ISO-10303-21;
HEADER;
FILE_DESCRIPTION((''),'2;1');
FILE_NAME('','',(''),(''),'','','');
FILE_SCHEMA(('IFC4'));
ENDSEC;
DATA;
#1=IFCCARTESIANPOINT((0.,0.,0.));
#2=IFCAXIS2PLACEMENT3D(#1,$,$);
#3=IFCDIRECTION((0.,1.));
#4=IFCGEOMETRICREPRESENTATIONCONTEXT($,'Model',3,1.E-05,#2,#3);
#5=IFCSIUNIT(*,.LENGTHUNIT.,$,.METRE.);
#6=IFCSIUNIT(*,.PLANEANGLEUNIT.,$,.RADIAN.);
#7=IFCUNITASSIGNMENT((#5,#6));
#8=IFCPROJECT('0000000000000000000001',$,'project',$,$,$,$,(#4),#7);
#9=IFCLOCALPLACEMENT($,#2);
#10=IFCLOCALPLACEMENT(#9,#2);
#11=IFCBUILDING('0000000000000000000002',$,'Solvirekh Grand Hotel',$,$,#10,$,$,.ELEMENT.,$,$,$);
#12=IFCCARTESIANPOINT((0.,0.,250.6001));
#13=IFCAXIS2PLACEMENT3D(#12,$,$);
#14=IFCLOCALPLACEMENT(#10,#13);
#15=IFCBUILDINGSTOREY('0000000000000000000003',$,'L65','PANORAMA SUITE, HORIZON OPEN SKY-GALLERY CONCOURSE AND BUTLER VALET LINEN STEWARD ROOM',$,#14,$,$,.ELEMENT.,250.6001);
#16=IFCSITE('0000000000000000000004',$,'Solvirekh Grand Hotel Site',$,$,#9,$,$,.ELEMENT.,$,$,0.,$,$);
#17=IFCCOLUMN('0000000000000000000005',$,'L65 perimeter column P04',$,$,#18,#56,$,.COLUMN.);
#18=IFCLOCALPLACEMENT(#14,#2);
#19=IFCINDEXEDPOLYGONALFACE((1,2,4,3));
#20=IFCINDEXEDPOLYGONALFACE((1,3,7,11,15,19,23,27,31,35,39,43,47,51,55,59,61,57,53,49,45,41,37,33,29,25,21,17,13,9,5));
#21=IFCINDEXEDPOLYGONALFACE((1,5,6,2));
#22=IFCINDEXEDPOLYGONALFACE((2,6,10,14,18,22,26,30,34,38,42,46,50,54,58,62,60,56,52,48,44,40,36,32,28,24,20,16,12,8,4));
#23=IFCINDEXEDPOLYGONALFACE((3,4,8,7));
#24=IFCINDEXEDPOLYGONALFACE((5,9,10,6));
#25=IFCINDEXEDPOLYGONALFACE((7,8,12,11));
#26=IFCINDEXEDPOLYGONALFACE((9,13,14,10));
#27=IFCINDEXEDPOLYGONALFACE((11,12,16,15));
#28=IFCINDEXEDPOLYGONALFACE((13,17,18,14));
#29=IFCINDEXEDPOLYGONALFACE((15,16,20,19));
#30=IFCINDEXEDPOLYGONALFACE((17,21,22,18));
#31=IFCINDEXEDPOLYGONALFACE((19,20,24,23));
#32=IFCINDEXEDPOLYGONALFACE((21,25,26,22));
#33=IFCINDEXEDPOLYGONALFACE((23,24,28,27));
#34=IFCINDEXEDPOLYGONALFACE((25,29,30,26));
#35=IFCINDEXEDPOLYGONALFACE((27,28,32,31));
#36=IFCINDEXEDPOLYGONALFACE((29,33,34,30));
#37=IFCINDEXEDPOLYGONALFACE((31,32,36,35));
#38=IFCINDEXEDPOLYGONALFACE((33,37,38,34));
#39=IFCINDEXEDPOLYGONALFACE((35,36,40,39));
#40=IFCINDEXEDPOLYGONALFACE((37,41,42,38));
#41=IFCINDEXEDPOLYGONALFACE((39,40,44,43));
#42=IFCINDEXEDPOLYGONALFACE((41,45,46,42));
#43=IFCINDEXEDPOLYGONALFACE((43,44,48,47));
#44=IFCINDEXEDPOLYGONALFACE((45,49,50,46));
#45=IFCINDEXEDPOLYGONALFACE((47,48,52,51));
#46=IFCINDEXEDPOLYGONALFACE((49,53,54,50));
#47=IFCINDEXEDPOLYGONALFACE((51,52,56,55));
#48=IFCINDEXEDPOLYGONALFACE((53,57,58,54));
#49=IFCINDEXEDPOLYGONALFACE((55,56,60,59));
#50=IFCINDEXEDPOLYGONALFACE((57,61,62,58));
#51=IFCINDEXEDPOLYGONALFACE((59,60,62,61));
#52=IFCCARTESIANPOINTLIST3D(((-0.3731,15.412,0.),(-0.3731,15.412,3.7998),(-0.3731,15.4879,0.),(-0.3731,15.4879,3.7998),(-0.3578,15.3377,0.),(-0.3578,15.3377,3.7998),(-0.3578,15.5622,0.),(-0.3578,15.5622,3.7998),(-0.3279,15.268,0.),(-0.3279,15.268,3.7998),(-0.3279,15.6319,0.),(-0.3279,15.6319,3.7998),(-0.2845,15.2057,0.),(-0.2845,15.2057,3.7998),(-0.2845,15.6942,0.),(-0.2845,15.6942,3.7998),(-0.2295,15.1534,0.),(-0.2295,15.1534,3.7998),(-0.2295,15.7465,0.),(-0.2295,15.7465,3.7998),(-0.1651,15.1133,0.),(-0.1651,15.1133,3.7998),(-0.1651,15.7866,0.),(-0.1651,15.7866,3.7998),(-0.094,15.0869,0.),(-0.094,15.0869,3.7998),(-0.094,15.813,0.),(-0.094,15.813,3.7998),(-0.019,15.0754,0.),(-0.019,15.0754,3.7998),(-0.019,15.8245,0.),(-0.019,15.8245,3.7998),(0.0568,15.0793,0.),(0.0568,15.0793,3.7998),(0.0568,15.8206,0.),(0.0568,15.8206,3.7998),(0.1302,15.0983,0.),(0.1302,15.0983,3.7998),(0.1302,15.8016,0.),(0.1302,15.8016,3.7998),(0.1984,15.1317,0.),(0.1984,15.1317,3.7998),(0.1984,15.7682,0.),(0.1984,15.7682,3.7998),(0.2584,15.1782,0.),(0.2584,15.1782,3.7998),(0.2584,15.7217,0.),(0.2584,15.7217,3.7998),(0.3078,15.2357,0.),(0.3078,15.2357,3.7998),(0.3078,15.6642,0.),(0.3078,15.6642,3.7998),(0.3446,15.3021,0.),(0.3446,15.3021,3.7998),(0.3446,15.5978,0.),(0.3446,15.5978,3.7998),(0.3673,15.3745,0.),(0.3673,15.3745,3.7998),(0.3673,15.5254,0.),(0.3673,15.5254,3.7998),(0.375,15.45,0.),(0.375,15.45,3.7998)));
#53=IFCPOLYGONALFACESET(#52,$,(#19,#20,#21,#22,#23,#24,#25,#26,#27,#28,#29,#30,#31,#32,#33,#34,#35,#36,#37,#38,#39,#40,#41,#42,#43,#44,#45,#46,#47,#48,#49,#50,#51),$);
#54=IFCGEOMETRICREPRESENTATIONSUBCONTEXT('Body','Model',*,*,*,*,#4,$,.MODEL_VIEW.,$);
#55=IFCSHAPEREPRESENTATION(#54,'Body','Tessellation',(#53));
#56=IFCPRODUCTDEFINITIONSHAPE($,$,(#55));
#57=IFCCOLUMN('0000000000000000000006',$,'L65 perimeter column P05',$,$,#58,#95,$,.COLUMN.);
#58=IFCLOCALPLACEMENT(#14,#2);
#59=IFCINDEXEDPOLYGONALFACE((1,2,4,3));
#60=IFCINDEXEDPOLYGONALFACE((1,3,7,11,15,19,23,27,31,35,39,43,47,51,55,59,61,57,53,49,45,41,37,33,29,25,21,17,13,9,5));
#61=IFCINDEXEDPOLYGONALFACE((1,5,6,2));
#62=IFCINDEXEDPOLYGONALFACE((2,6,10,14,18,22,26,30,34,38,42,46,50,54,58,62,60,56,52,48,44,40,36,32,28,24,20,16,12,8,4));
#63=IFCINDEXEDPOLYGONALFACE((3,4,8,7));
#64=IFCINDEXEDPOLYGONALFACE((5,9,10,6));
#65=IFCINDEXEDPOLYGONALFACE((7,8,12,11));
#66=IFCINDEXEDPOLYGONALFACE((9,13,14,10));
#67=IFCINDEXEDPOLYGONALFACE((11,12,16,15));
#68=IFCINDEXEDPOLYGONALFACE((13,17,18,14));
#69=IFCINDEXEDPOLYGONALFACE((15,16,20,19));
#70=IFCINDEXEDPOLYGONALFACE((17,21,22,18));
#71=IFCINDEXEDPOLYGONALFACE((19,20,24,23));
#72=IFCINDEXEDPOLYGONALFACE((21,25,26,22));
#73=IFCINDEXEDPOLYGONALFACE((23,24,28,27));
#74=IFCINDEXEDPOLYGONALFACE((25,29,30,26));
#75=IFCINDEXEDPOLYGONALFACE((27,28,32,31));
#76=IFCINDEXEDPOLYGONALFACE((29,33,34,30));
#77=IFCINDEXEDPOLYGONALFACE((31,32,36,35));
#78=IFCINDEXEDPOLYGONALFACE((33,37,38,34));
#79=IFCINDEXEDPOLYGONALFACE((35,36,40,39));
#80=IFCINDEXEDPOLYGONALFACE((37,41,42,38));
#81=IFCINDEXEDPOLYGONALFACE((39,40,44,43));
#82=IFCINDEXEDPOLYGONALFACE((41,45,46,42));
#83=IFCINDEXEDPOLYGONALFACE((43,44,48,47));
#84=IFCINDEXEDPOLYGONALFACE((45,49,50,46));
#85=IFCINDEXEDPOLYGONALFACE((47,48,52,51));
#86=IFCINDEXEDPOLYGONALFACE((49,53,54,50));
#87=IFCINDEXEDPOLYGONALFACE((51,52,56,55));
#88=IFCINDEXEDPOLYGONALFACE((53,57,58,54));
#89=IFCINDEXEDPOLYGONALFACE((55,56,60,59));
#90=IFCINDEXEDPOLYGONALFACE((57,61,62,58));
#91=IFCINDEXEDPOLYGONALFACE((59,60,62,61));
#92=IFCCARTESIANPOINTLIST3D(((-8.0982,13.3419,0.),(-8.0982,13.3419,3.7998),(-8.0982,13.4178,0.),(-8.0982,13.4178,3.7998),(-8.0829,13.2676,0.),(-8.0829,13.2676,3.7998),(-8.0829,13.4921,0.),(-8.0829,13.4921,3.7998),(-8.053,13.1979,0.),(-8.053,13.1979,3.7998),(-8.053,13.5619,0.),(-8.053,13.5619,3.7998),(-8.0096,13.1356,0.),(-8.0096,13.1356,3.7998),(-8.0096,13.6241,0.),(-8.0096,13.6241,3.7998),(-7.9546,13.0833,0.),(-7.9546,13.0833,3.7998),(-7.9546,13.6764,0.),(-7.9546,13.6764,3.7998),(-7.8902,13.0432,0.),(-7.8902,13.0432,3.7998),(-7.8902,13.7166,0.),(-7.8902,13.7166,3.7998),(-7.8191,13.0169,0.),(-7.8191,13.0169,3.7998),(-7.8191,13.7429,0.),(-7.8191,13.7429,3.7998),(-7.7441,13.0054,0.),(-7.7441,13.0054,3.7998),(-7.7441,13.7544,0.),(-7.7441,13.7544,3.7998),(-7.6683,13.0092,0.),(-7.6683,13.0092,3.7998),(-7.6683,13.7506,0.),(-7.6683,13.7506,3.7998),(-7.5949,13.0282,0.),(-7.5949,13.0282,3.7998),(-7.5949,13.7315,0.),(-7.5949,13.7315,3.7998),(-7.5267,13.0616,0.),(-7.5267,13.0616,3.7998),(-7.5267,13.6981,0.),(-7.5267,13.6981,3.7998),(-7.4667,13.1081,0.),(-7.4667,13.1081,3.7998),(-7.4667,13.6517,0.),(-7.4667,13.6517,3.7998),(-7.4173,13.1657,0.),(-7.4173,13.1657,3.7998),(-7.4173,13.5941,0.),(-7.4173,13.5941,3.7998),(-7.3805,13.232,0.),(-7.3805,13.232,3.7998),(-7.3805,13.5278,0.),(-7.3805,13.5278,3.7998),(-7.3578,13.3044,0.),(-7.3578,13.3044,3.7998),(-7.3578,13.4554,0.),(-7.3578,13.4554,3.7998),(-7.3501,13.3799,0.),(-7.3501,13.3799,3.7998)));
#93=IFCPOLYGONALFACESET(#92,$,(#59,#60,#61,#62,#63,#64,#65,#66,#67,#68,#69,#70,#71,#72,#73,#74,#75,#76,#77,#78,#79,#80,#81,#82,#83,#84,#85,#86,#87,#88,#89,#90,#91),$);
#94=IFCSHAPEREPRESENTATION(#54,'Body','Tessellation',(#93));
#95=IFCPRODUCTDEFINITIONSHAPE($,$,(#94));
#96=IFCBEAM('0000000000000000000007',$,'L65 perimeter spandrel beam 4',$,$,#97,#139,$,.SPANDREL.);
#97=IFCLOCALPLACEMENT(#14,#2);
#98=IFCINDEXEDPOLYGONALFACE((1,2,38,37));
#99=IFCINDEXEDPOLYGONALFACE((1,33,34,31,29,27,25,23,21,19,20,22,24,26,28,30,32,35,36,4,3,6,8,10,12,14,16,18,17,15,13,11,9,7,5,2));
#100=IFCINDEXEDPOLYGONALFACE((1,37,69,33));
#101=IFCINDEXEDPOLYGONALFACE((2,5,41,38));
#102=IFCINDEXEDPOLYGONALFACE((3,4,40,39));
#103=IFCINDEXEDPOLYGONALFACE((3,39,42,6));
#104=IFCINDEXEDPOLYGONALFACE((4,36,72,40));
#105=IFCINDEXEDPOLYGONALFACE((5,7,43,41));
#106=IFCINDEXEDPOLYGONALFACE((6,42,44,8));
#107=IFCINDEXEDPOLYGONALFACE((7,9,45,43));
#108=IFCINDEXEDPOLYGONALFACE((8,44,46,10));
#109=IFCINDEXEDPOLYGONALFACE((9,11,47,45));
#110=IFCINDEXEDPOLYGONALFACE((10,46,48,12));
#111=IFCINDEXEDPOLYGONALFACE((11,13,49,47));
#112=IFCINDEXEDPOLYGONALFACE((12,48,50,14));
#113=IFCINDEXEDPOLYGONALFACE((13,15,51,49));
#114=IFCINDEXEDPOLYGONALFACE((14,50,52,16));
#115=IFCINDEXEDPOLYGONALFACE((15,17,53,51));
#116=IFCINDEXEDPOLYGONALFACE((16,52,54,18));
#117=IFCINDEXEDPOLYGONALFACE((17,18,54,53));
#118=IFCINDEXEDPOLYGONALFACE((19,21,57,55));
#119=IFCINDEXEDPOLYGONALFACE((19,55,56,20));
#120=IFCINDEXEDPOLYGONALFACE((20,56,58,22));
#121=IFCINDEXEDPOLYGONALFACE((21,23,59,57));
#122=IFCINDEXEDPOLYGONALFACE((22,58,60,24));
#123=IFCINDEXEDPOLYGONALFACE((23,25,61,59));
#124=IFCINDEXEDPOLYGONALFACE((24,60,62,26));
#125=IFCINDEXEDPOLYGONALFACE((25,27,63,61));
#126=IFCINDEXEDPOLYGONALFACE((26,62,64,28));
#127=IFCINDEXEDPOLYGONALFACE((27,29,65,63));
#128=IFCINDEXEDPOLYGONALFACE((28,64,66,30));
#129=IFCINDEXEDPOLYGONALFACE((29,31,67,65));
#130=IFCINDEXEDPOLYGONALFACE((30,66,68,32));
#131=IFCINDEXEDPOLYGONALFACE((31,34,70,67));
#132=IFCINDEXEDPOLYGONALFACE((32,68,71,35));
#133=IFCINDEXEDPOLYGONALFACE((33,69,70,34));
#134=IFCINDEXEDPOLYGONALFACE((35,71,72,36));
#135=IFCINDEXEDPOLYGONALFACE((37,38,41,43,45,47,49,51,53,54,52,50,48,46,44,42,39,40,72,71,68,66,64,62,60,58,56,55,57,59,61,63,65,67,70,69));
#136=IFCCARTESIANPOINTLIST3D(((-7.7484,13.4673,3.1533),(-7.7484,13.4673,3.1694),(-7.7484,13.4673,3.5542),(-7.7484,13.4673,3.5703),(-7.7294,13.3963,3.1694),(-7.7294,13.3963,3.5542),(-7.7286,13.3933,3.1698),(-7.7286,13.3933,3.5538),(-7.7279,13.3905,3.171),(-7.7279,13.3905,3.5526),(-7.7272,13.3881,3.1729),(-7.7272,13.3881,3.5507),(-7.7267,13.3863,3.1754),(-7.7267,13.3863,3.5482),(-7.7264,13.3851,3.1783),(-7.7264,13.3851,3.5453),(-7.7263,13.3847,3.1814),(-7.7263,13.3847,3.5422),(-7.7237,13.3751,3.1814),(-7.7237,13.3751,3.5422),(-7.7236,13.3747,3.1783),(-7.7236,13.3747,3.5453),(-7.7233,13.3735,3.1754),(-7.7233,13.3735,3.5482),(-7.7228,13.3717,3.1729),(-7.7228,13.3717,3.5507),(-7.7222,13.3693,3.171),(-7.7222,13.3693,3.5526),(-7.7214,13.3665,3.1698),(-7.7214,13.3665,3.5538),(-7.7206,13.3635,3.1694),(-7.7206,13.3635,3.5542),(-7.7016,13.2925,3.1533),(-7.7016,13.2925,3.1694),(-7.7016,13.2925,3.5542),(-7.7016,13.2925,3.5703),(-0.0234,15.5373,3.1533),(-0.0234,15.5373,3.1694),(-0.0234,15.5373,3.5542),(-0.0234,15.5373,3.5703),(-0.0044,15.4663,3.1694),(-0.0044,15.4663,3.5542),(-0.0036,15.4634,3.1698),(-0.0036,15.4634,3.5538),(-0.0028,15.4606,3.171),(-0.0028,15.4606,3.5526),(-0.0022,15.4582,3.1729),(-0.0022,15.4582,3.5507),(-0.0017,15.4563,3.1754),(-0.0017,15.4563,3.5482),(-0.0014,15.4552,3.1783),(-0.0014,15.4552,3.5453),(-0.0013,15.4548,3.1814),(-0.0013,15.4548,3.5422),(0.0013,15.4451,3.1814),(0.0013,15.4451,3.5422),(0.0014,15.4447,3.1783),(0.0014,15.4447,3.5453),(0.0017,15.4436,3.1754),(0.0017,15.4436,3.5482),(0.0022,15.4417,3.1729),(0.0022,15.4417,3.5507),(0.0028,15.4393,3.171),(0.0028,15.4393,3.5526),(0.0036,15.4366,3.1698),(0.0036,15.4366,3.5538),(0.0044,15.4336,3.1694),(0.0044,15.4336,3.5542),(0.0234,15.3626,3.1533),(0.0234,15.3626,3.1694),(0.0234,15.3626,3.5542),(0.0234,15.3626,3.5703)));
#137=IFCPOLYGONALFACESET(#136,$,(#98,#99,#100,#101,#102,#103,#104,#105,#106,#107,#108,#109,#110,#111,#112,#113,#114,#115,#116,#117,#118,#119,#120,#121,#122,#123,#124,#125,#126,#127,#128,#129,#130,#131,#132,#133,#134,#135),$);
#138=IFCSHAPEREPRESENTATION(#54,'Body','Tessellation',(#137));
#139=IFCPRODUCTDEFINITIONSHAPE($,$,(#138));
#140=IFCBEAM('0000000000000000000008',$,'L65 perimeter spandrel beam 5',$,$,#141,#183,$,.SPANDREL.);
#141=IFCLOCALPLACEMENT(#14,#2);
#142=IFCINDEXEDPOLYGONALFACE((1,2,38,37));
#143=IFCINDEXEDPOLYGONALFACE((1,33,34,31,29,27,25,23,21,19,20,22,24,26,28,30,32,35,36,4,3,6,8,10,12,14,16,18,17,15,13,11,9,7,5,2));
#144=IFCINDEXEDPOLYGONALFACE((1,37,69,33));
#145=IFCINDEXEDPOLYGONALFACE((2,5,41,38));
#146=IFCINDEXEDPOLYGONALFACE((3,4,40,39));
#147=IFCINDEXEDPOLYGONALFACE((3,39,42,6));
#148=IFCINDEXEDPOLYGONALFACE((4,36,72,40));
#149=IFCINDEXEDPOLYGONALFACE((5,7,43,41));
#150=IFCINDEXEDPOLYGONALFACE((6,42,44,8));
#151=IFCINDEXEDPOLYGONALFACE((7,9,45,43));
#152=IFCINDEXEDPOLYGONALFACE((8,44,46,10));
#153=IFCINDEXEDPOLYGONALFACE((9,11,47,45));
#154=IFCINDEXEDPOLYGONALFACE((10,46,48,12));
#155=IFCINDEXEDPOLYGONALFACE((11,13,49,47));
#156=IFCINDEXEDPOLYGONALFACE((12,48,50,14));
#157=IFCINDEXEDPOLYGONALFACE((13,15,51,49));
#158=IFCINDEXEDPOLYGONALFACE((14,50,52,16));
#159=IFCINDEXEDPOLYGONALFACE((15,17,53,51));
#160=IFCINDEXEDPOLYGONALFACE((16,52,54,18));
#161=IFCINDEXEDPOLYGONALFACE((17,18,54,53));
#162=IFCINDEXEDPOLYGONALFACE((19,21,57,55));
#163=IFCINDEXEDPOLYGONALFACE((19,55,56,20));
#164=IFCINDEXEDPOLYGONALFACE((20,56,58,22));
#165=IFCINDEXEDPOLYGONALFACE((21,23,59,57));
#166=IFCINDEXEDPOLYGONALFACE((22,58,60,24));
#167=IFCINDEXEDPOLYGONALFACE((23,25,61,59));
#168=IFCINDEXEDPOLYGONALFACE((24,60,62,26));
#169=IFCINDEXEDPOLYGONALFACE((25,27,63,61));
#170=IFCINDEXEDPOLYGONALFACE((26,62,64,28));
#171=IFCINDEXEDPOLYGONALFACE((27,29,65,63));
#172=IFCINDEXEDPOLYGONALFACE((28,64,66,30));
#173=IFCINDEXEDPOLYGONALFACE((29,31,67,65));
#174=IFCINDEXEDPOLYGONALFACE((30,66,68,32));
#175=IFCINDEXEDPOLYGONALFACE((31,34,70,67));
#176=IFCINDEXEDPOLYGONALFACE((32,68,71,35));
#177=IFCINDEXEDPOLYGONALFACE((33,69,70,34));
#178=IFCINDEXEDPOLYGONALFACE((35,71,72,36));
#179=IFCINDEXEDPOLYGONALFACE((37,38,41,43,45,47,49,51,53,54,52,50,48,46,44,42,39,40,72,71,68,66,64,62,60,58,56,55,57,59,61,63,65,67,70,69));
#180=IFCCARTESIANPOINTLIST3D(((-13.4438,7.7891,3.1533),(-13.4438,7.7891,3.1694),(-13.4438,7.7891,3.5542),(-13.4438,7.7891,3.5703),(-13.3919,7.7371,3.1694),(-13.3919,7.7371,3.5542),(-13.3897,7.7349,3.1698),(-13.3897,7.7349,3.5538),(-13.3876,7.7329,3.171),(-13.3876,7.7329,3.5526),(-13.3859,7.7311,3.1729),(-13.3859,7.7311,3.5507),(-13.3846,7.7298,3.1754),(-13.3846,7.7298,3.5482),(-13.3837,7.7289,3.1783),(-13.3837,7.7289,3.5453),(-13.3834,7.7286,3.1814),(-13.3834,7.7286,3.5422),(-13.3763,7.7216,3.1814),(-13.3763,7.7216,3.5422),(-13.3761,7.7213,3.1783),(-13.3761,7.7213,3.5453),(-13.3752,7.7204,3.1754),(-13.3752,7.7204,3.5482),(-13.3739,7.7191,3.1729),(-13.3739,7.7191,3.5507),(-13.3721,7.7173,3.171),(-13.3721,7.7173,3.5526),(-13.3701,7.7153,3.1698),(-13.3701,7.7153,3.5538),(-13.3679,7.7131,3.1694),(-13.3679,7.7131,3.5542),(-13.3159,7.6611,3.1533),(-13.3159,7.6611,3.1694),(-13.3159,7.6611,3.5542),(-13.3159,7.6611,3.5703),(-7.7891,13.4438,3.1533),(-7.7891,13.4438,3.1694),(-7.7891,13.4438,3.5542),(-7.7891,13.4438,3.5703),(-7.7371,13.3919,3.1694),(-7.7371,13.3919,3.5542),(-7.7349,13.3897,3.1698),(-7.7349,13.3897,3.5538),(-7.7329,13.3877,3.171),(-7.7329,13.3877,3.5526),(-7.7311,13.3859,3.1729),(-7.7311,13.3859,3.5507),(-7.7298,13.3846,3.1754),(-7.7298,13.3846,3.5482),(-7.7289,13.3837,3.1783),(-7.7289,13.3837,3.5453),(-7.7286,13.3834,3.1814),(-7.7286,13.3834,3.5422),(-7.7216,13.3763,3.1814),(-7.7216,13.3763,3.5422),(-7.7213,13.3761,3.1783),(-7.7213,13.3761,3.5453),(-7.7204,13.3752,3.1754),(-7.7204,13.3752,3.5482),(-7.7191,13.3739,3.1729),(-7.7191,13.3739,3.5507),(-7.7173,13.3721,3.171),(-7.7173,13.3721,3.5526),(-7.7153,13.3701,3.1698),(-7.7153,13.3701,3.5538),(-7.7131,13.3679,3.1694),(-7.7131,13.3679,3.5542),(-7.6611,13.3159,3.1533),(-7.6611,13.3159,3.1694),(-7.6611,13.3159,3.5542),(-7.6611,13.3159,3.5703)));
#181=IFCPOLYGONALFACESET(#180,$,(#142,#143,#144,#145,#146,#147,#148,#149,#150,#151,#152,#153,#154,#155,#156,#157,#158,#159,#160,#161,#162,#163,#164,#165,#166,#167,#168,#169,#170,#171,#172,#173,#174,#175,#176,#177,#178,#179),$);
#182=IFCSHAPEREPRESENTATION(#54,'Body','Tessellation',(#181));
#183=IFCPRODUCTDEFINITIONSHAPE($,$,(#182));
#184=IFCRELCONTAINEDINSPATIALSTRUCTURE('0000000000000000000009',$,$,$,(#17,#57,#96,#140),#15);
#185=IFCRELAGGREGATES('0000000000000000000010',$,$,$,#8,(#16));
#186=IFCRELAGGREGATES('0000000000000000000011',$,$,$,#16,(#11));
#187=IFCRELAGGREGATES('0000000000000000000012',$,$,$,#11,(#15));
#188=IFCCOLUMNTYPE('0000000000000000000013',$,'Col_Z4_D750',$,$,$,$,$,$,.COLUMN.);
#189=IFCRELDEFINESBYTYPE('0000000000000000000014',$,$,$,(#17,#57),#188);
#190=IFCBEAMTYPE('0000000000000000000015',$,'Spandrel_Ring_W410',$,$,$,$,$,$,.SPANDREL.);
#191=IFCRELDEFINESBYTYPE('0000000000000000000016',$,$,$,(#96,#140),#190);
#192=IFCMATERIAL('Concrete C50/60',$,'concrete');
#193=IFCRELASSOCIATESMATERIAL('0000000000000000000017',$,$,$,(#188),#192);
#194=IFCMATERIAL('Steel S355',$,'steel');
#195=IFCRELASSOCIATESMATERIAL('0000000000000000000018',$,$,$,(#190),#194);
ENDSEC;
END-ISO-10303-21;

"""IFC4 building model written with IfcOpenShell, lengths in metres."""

from ifc_helpers import new_model, si_unit, direction, frame, origin, origin_2d, place, context, subcontext, project, spatial, circle, i_section, extrude, material, material_profile, profile_set, type_object, element, save


model = new_model("IFC4")

# Units and contexts
model_context = context("Model", 3, precision=1e-05, world=origin(), true_north=direction((0.0, 1.0)))
body_context = subcontext(model_context, "Body", "Model", "MODEL_VIEW")
ifc_project = project(units=[si_unit("LENGTHUNIT", "METRE"), si_unit("PLANEANGLEUNIT", "RADIAN")], contexts=[model_context])

# Site, building, storey
site_placement = place(None, origin())
site = spatial("IfcSite", under=ifc_project, at=site_placement, Name="Solvirekh Grand Hotel Site", CompositionType="ELEMENT", RefElevation=0.0)
building_placement = place(site_placement, origin())
building = spatial("IfcBuilding", under=site, at=building_placement, Name="Solvirekh Grand Hotel", CompositionType="ELEMENT")
storey_placement = place(building_placement, frame((0.0, 0.0, 250.6001)))
storey = spatial("IfcBuildingStorey", under=building, at=storey_placement, Name="L65", Description="PANORAMA SUITE, HORIZON OPEN SKY-GALLERY CONCOURSE AND BUTLER VALET LINEN STEWARD ROOM", CompositionType="ELEMENT", Elevation=250.6001)

# Columns
ifc_material_1 = material(Name="Concrete C50/60", Category="concrete")
ifc_material_profile_1 = material_profile(ifc_material_1, circle(Radius=0.375, at=origin_2d()), Name="RC CIRC D750")
ifc_profile_set_1 = profile_set([ifc_material_profile_1], Name="Concrete C50/60")
column_type = type_object("IfcColumnType", Name="Col_Z4_D750", PredefinedType="COLUMN", material=ifc_profile_set_1)
for number, where, z_axis, x_axis, name in (
    (1, (0.0, 15.45, 0.0), (0.0, 0.0, 1.0), (1.0, 0.0, 0.0), "L65 perimeter column P04"),
    (2, (-7.7251, 13.3799, 0.0), (0.0, 0.0, 1.0), (1.0, 0.0, 0.0), "L65 perimeter column P05"),
):
    element("IfcColumn", number, at=place(storey_placement, frame(where, z_axis=z_axis, x_axis=x_axis)), inside=storey, type_object=column_type, Name=name, PredefinedType="COLUMN", context=body_context, shape_type="SweptSolid", body=[
        extrude(circle(Radius=0.375, at=origin_2d()), origin(), (0.0, 0.0, 1.0), 3.7998),
    ])

# Beams
ifc_material_2 = material(Name="Steel S355", Category="steel")
ifc_material_profile_2 = material_profile(ifc_material_2, i_section(OverallWidth=0.1809, OverallDepth=0.417, WebThickness=0.01, FlangeThickness=0.0161, FilletRadius=0.012, at=origin_2d()), Name="W410X85")
ifc_profile_set_2 = profile_set([ifc_material_profile_2], Name="Steel S355")
beam_type = type_object("IfcBeamType", Name="Spandrel_Ring_W410", PredefinedType="SPANDREL", material=ifc_profile_set_2)
beam_1_placement = place(storey_placement, frame((0.0, 15.45, 3.3618), z_axis=(-0.965922, -0.258835, 0.0), x_axis=(0.258835, -0.965922, 0.0)))
element("IfcBeam", 3, at=beam_1_placement, inside=storey, type_object=beam_type, Name="L65 perimeter spandrel beam 4", PredefinedType="SPANDREL", context=body_context, shape_type="SweptSolid", body=[
    extrude(i_section(OverallWidth=0.1809, OverallDepth=0.417, WebThickness=0.01, FlangeThickness=0.0161, FilletRadius=0.012, at=origin_2d()), origin(), (0.0, 0.0, 1.0), 7.9976),
])
beam_2_placement = place(storey_placement, frame((-7.7251, 13.3799, 3.3618), z_axis=(-0.707107, -0.707107, 0.0), x_axis=(0.707107, -0.707107, 0.0)))
element("IfcBeam", 4, at=beam_2_placement, inside=storey, type_object=beam_type, Name="L65 perimeter spandrel beam 5", PredefinedType="SPANDREL", context=body_context, shape_type="SweptSolid", body=[
    extrude(i_section(OverallWidth=0.1809, OverallDepth=0.417, WebThickness=0.01, FlangeThickness=0.0161, FilletRadius=0.012, at=origin_2d()), origin(), (0.0, 0.0, 1.0), 7.9971),
])

save(model, "model.ifc")
